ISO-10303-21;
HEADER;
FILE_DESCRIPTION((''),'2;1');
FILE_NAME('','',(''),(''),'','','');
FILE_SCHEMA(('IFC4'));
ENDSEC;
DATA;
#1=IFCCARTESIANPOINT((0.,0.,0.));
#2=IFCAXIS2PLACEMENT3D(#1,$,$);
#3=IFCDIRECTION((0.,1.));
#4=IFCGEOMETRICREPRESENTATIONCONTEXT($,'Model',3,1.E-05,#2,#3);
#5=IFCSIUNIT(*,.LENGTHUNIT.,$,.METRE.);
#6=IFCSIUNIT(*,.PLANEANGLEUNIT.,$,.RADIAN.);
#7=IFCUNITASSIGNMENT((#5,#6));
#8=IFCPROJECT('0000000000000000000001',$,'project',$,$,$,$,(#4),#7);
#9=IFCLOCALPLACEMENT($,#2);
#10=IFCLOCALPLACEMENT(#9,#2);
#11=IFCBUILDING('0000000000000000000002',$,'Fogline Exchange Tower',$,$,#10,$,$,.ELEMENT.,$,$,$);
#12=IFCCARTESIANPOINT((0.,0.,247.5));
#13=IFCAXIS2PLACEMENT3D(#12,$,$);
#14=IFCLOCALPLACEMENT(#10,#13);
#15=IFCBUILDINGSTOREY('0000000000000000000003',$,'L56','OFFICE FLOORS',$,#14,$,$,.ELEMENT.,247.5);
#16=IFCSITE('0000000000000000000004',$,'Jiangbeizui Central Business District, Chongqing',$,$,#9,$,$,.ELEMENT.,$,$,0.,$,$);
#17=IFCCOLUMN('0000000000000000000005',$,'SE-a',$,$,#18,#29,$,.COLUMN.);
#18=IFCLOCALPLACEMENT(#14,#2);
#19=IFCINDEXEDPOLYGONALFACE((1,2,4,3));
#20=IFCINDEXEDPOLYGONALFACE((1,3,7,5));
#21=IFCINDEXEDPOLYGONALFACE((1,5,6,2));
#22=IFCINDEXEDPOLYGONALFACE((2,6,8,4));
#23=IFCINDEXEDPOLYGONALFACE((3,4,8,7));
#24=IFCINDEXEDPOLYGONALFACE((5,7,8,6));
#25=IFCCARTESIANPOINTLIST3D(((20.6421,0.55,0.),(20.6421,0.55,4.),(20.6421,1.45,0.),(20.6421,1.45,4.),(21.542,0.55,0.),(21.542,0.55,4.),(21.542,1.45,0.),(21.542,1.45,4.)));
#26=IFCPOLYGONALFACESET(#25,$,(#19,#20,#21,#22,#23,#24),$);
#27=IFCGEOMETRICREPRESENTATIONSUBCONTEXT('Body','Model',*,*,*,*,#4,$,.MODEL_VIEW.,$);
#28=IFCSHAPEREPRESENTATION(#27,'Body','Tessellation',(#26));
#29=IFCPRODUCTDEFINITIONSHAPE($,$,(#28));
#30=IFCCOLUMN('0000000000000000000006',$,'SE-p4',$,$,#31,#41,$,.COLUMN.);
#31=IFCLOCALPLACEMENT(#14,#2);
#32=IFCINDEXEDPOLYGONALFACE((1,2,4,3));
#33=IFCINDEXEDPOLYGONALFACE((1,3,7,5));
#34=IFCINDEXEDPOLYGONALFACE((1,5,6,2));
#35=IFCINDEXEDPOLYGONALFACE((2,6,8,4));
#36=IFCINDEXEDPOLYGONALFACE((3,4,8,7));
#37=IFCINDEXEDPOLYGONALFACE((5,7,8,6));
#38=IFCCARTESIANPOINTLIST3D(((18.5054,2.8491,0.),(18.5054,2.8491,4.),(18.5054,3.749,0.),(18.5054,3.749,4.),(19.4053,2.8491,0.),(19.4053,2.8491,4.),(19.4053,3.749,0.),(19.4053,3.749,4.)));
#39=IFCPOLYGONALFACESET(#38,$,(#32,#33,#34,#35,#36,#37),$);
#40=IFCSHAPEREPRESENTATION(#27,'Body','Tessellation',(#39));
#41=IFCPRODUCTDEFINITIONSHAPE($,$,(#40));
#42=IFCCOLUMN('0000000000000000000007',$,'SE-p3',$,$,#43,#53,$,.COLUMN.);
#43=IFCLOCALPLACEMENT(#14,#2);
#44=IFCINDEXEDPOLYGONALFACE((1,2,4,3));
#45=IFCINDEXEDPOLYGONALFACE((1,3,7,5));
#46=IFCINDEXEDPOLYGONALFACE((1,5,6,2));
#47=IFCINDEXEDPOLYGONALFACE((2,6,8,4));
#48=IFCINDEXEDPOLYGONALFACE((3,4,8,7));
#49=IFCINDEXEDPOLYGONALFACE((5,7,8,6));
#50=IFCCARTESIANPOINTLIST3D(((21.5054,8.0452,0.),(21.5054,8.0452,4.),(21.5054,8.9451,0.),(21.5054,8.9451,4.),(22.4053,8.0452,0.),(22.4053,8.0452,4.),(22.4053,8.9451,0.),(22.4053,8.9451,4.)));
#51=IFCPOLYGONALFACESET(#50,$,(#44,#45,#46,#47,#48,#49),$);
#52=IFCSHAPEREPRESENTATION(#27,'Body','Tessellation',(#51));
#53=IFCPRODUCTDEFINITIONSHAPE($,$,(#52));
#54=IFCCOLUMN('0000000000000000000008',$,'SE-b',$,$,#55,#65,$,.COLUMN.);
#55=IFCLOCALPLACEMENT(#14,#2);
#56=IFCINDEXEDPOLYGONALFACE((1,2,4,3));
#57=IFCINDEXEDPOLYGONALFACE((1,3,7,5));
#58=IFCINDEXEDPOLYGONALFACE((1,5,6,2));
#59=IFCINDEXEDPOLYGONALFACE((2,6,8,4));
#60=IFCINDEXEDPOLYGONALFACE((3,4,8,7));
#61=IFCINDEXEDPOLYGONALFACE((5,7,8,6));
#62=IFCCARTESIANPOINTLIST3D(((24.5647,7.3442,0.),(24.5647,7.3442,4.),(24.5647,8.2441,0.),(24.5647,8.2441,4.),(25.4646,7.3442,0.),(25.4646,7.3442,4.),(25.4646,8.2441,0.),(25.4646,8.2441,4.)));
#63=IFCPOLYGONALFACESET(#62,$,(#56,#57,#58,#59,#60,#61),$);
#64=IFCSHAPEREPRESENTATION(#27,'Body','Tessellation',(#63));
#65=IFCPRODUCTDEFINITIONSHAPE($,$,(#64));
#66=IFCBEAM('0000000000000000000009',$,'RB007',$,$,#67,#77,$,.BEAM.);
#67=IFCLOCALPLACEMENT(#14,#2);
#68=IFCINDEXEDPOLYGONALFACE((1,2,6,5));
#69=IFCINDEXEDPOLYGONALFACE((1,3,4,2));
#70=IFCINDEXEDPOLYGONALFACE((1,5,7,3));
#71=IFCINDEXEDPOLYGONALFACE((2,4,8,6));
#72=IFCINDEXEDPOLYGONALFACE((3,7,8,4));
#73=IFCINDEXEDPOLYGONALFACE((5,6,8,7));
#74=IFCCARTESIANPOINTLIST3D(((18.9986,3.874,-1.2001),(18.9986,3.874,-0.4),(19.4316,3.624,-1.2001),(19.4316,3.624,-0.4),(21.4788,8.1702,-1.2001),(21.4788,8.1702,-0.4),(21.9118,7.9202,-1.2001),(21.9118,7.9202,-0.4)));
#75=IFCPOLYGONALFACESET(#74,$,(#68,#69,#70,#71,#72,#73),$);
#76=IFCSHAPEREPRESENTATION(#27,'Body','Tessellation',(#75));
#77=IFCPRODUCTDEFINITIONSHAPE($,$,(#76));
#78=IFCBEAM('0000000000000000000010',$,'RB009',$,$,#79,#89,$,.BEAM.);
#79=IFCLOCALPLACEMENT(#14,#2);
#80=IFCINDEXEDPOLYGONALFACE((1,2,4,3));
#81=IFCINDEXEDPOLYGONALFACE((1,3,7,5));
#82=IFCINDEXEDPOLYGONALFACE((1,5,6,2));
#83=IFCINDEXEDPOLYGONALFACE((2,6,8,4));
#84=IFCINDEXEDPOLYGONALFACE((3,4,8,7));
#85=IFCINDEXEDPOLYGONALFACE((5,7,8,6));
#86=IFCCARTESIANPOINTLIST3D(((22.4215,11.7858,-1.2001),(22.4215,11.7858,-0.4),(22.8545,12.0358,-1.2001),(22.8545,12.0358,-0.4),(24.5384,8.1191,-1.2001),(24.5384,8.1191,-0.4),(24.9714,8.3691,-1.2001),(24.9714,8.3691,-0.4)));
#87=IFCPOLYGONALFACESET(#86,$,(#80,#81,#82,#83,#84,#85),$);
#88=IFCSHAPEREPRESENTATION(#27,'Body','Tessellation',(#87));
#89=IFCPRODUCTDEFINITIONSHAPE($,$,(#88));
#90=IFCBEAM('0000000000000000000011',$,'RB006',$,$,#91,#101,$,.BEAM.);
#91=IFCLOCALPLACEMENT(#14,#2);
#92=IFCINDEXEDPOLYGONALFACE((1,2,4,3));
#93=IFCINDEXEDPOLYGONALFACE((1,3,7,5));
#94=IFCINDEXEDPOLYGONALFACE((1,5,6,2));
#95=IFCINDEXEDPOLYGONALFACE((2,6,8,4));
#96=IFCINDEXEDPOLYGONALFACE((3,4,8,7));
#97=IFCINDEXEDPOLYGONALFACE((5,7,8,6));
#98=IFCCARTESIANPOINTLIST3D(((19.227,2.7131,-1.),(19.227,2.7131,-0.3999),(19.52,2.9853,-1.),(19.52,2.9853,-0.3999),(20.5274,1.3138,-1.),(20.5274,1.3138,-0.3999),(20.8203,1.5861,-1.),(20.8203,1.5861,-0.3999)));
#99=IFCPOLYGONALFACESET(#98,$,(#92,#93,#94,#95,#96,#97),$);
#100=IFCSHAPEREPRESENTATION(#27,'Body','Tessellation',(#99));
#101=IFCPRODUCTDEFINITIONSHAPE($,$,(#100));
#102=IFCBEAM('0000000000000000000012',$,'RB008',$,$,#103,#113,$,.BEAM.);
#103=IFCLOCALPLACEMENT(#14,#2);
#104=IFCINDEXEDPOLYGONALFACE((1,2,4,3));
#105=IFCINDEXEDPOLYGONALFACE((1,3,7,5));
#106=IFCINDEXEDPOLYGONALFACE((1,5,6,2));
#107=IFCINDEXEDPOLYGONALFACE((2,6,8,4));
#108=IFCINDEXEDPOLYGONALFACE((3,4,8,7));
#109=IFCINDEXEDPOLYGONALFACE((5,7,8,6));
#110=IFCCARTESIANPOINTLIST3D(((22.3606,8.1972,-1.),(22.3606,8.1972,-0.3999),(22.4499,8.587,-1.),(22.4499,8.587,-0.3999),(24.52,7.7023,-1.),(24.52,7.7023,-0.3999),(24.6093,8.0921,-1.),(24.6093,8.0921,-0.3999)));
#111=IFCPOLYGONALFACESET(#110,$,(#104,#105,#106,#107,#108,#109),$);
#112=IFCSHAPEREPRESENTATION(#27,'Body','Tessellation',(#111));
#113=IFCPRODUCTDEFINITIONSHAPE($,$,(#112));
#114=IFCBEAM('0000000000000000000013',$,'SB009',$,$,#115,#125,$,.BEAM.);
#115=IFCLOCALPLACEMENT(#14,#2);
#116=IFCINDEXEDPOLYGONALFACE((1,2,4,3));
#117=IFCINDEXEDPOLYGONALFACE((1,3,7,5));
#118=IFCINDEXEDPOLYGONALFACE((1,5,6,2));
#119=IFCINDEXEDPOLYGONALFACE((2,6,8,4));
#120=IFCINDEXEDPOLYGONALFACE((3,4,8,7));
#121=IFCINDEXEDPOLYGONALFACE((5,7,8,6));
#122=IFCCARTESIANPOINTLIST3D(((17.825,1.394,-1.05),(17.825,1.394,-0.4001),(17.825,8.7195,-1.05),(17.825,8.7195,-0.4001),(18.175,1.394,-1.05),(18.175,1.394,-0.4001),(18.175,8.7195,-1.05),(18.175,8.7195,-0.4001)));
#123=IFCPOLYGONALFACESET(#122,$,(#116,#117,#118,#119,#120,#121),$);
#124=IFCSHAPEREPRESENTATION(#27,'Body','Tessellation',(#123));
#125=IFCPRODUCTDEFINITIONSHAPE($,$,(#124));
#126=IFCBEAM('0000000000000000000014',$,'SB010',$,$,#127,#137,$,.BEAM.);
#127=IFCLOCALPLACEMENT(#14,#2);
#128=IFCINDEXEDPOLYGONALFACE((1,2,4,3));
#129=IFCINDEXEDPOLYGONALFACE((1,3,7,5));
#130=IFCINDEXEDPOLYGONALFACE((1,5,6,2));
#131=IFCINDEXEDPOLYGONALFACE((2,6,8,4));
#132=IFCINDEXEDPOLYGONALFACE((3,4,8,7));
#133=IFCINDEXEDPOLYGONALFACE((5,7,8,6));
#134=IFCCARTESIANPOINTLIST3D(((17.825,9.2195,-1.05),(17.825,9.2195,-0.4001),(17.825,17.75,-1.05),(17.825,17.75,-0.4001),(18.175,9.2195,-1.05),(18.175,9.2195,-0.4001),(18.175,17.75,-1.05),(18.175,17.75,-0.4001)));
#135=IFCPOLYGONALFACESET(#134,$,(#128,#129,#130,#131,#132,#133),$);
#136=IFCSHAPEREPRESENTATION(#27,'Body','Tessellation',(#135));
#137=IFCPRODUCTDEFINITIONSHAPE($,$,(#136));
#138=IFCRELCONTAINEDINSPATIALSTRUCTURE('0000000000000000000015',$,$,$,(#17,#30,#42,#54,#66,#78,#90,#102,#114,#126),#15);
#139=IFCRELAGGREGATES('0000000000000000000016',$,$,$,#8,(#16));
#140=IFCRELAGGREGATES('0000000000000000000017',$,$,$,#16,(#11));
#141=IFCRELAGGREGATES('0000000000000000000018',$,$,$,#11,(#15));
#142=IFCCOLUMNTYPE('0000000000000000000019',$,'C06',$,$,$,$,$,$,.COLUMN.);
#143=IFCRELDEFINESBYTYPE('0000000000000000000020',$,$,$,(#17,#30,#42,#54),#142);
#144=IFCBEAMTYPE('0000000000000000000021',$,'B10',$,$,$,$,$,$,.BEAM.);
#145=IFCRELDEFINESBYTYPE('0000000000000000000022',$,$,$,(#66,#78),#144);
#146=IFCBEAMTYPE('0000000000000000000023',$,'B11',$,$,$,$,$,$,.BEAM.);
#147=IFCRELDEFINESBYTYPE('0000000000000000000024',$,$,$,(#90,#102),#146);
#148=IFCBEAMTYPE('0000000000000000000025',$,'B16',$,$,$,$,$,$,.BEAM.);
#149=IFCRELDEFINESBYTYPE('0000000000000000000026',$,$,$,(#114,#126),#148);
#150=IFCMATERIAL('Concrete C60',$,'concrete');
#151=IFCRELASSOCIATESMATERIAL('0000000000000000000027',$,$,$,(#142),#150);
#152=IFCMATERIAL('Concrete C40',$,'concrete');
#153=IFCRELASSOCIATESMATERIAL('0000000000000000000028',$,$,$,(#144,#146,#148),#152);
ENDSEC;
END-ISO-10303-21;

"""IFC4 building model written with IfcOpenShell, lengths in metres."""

from ifc_helpers import new_model, si_unit, direction, frame, origin, origin_2d, place, context, subcontext, project, spatial, rectangle, extrude, material, material_profile, profile_set, type_object, element, save


model = new_model("IFC4")

# Units and contexts
model_context = context("Model", 3, precision=1e-05, world=origin(), true_north=direction((0.0, 1.0)))
body_context = subcontext(model_context, "Body", "Model", "MODEL_VIEW")
ifc_project = project(units=[si_unit("LENGTHUNIT", "METRE"), si_unit("PLANEANGLEUNIT", "RADIAN")], contexts=[model_context])

# Site, building, storey
site_placement = place(None, origin())
site = spatial("IfcSite", under=ifc_project, at=site_placement, Name="Jiangbeizui Central Business District, Chongqing", CompositionType="ELEMENT", RefElevation=0.0)
building_placement = place(site_placement, origin())
building = spatial("IfcBuilding", under=site, at=building_placement, Name="Fogline Exchange Tower", CompositionType="ELEMENT")
storey_placement = place(building_placement, frame((0.0, 0.0, 247.5)))
storey = spatial("IfcBuildingStorey", under=building, at=storey_placement, Name="L56", Description="OFFICE FLOORS", CompositionType="ELEMENT", Elevation=247.5)

# Columns
ifc_material_1 = material(Name="Concrete C60", Category="concrete")
ifc_material_profile_1 = material_profile(ifc_material_1, rectangle(XDim=0.8999, YDim=0.8999, at=origin_2d()), Name="RC 900x900")
ifc_profile_set_1 = profile_set([ifc_material_profile_1], Name="Concrete C60")
column_type = type_object("IfcColumnType", Name="C06", PredefinedType="COLUMN", material=ifc_profile_set_1)
for number, where, z_axis, x_axis, name in (
    (1, (21.092, 1.0, 0.0), (0.0, 0.0, 1.0), (1.0, 0.0, 0.0), "SE-a"),
    (2, (18.9553, 3.2991, 0.0), (0.0, 0.0, 1.0), (1.0, 0.0, 0.0), "SE-p4"),
    (3, (21.9553, 8.4951, 0.0), (0.0, 0.0, 1.0), (1.0, 0.0, 0.0), "SE-p3"),
    (4, (25.0146, 7.7942, 0.0), (0.0, 0.0, 1.0), (1.0, 0.0, 0.0), "SE-b"),
):
    element("IfcColumn", number, at=place(storey_placement, frame(where, z_axis=z_axis, x_axis=x_axis)), inside=storey, type_object=column_type, Name=name, PredefinedType="COLUMN", context=body_context, shape_type="SweptSolid", body=[
        extrude(rectangle(XDim=0.8999, YDim=0.8999, at=origin_2d()), origin(), (0.0, 0.0, 1.0), 4.0),
    ])

# Beams
ifc_material_2 = material(Name="Concrete C40", Category="concrete")
ifc_material_profile_2 = material_profile(ifc_material_2, rectangle(XDim=0.5, YDim=0.8, at=origin_2d()), Name="RC 500x800")
ifc_profile_set_2 = profile_set([ifc_material_profile_2], Name="Concrete C40")
beam_type_1 = type_object("IfcBeamType", Name="B10", PredefinedType="BEAM", material=ifc_profile_set_2)
beam_1_placement = place(storey_placement, frame((19.2151, 3.749, -0.8), z_axis=(0.499977, 0.866039, 0.0), x_axis=(-0.866039, 0.499977, 0.0)))
element("IfcBeam", 5, at=beam_1_placement, inside=storey, type_object=beam_type_1, Name="RB007", PredefinedType="BEAM", context=body_context, shape_type="SweptSolid", body=[
    extrude(rectangle(XDim=0.5, YDim=0.8, at=origin_2d()), origin(), (0.0, 0.0, 1.0), 4.9607),
])
beam_2_placement = place(storey_placement, frame((24.7549, 8.2441, -0.8), z_axis=(-0.49999, 0.866031, 0.0), x_axis=(-0.866031, -0.49999, 0.0)))
element("IfcBeam", 6, at=beam_2_placement, inside=storey, type_object=beam_type_1, Name="RB009", PredefinedType="BEAM", context=body_context, shape_type="SweptSolid", body=[
    extrude(rectangle(XDim=0.5, YDim=0.8, at=origin_2d()), origin(), (0.0, 0.0, 1.0), 4.2339),
])
ifc_material_profile_3 = material_profile(ifc_material_2, rectangle(XDim=0.3999, YDim=0.6001, at=origin_2d()), Name="RC 400x600")
ifc_profile_set_3 = profile_set([ifc_material_profile_3], Name="Concrete C40")
beam_type_2 = type_object("IfcBeamType", Name="B11", PredefinedType="BEAM", material=ifc_profile_set_3)
beam_3_placement = place(storey_placement, frame((20.6738, 1.45, -0.7), z_axis=(-0.68075, 0.732516, 0.0), x_axis=(-0.732516, -0.68075, 0.0)))
element("IfcBeam", 7, at=beam_3_placement, inside=storey, type_object=beam_type_2, Name="RB006", PredefinedType="BEAM", context=body_context, shape_type="SweptSolid", body=[
    extrude(rectangle(XDim=0.3999, YDim=0.6001, at=origin_2d()), origin(), (0.0, 0.0, 1.0), 1.9102),
])
beam_4_placement = place(storey_placement, frame((22.4053, 8.3921, -0.7), z_axis=(0.974732, -0.223378, 0.0), x_axis=(0.223378, 0.974732, 0.0)))
element("IfcBeam", 8, at=beam_4_placement, inside=storey, type_object=beam_type_2, Name="RB008", PredefinedType="BEAM", context=body_context, shape_type="SweptSolid", body=[
    extrude(rectangle(XDim=0.3999, YDim=0.6001, at=origin_2d()), origin(), (0.0, 0.0, 1.0), 2.2153),
])
ifc_material_profile_4 = material_profile(ifc_material_2, rectangle(XDim=0.3501, YDim=0.6499, at=origin_2d()), Name="RC 350x650")
ifc_profile_set_4 = profile_set([ifc_material_profile_4], Name="Concrete C40")
beam_type_3 = type_object("IfcBeamType", Name="B16", PredefinedType="BEAM", material=ifc_profile_set_4)
beam_5_placement = place(storey_placement, frame((18.0, 1.394, -0.7251), z_axis=(0.0, 1.0, 0.0), x_axis=(-1.0, 0.0, 0.0)))
element("IfcBeam", 9, at=beam_5_placement, inside=storey, type_object=beam_type_3, Name="SB009", PredefinedType="BEAM", context=body_context, shape_type="SweptSolid", body=[
    extrude(rectangle(XDim=0.3501, YDim=0.6499, at=origin_2d()), origin(), (0.0, 0.0, 1.0), 7.3254),
])
beam_6_placement = place(storey_placement, frame((18.0, 9.2195, -0.7251), z_axis=(0.0, 1.0, 0.0), x_axis=(-1.0, 0.0, 0.0)))
element("IfcBeam", 10, at=beam_6_placement, inside=storey, type_object=beam_type_3, Name="SB010", PredefinedType="BEAM", context=body_context, shape_type="SweptSolid", body=[
    extrude(rectangle(XDim=0.3501, YDim=0.6499, at=origin_2d()), origin(), (0.0, 0.0, 1.0), 8.5305),
])

save(model, "model.ifc")
